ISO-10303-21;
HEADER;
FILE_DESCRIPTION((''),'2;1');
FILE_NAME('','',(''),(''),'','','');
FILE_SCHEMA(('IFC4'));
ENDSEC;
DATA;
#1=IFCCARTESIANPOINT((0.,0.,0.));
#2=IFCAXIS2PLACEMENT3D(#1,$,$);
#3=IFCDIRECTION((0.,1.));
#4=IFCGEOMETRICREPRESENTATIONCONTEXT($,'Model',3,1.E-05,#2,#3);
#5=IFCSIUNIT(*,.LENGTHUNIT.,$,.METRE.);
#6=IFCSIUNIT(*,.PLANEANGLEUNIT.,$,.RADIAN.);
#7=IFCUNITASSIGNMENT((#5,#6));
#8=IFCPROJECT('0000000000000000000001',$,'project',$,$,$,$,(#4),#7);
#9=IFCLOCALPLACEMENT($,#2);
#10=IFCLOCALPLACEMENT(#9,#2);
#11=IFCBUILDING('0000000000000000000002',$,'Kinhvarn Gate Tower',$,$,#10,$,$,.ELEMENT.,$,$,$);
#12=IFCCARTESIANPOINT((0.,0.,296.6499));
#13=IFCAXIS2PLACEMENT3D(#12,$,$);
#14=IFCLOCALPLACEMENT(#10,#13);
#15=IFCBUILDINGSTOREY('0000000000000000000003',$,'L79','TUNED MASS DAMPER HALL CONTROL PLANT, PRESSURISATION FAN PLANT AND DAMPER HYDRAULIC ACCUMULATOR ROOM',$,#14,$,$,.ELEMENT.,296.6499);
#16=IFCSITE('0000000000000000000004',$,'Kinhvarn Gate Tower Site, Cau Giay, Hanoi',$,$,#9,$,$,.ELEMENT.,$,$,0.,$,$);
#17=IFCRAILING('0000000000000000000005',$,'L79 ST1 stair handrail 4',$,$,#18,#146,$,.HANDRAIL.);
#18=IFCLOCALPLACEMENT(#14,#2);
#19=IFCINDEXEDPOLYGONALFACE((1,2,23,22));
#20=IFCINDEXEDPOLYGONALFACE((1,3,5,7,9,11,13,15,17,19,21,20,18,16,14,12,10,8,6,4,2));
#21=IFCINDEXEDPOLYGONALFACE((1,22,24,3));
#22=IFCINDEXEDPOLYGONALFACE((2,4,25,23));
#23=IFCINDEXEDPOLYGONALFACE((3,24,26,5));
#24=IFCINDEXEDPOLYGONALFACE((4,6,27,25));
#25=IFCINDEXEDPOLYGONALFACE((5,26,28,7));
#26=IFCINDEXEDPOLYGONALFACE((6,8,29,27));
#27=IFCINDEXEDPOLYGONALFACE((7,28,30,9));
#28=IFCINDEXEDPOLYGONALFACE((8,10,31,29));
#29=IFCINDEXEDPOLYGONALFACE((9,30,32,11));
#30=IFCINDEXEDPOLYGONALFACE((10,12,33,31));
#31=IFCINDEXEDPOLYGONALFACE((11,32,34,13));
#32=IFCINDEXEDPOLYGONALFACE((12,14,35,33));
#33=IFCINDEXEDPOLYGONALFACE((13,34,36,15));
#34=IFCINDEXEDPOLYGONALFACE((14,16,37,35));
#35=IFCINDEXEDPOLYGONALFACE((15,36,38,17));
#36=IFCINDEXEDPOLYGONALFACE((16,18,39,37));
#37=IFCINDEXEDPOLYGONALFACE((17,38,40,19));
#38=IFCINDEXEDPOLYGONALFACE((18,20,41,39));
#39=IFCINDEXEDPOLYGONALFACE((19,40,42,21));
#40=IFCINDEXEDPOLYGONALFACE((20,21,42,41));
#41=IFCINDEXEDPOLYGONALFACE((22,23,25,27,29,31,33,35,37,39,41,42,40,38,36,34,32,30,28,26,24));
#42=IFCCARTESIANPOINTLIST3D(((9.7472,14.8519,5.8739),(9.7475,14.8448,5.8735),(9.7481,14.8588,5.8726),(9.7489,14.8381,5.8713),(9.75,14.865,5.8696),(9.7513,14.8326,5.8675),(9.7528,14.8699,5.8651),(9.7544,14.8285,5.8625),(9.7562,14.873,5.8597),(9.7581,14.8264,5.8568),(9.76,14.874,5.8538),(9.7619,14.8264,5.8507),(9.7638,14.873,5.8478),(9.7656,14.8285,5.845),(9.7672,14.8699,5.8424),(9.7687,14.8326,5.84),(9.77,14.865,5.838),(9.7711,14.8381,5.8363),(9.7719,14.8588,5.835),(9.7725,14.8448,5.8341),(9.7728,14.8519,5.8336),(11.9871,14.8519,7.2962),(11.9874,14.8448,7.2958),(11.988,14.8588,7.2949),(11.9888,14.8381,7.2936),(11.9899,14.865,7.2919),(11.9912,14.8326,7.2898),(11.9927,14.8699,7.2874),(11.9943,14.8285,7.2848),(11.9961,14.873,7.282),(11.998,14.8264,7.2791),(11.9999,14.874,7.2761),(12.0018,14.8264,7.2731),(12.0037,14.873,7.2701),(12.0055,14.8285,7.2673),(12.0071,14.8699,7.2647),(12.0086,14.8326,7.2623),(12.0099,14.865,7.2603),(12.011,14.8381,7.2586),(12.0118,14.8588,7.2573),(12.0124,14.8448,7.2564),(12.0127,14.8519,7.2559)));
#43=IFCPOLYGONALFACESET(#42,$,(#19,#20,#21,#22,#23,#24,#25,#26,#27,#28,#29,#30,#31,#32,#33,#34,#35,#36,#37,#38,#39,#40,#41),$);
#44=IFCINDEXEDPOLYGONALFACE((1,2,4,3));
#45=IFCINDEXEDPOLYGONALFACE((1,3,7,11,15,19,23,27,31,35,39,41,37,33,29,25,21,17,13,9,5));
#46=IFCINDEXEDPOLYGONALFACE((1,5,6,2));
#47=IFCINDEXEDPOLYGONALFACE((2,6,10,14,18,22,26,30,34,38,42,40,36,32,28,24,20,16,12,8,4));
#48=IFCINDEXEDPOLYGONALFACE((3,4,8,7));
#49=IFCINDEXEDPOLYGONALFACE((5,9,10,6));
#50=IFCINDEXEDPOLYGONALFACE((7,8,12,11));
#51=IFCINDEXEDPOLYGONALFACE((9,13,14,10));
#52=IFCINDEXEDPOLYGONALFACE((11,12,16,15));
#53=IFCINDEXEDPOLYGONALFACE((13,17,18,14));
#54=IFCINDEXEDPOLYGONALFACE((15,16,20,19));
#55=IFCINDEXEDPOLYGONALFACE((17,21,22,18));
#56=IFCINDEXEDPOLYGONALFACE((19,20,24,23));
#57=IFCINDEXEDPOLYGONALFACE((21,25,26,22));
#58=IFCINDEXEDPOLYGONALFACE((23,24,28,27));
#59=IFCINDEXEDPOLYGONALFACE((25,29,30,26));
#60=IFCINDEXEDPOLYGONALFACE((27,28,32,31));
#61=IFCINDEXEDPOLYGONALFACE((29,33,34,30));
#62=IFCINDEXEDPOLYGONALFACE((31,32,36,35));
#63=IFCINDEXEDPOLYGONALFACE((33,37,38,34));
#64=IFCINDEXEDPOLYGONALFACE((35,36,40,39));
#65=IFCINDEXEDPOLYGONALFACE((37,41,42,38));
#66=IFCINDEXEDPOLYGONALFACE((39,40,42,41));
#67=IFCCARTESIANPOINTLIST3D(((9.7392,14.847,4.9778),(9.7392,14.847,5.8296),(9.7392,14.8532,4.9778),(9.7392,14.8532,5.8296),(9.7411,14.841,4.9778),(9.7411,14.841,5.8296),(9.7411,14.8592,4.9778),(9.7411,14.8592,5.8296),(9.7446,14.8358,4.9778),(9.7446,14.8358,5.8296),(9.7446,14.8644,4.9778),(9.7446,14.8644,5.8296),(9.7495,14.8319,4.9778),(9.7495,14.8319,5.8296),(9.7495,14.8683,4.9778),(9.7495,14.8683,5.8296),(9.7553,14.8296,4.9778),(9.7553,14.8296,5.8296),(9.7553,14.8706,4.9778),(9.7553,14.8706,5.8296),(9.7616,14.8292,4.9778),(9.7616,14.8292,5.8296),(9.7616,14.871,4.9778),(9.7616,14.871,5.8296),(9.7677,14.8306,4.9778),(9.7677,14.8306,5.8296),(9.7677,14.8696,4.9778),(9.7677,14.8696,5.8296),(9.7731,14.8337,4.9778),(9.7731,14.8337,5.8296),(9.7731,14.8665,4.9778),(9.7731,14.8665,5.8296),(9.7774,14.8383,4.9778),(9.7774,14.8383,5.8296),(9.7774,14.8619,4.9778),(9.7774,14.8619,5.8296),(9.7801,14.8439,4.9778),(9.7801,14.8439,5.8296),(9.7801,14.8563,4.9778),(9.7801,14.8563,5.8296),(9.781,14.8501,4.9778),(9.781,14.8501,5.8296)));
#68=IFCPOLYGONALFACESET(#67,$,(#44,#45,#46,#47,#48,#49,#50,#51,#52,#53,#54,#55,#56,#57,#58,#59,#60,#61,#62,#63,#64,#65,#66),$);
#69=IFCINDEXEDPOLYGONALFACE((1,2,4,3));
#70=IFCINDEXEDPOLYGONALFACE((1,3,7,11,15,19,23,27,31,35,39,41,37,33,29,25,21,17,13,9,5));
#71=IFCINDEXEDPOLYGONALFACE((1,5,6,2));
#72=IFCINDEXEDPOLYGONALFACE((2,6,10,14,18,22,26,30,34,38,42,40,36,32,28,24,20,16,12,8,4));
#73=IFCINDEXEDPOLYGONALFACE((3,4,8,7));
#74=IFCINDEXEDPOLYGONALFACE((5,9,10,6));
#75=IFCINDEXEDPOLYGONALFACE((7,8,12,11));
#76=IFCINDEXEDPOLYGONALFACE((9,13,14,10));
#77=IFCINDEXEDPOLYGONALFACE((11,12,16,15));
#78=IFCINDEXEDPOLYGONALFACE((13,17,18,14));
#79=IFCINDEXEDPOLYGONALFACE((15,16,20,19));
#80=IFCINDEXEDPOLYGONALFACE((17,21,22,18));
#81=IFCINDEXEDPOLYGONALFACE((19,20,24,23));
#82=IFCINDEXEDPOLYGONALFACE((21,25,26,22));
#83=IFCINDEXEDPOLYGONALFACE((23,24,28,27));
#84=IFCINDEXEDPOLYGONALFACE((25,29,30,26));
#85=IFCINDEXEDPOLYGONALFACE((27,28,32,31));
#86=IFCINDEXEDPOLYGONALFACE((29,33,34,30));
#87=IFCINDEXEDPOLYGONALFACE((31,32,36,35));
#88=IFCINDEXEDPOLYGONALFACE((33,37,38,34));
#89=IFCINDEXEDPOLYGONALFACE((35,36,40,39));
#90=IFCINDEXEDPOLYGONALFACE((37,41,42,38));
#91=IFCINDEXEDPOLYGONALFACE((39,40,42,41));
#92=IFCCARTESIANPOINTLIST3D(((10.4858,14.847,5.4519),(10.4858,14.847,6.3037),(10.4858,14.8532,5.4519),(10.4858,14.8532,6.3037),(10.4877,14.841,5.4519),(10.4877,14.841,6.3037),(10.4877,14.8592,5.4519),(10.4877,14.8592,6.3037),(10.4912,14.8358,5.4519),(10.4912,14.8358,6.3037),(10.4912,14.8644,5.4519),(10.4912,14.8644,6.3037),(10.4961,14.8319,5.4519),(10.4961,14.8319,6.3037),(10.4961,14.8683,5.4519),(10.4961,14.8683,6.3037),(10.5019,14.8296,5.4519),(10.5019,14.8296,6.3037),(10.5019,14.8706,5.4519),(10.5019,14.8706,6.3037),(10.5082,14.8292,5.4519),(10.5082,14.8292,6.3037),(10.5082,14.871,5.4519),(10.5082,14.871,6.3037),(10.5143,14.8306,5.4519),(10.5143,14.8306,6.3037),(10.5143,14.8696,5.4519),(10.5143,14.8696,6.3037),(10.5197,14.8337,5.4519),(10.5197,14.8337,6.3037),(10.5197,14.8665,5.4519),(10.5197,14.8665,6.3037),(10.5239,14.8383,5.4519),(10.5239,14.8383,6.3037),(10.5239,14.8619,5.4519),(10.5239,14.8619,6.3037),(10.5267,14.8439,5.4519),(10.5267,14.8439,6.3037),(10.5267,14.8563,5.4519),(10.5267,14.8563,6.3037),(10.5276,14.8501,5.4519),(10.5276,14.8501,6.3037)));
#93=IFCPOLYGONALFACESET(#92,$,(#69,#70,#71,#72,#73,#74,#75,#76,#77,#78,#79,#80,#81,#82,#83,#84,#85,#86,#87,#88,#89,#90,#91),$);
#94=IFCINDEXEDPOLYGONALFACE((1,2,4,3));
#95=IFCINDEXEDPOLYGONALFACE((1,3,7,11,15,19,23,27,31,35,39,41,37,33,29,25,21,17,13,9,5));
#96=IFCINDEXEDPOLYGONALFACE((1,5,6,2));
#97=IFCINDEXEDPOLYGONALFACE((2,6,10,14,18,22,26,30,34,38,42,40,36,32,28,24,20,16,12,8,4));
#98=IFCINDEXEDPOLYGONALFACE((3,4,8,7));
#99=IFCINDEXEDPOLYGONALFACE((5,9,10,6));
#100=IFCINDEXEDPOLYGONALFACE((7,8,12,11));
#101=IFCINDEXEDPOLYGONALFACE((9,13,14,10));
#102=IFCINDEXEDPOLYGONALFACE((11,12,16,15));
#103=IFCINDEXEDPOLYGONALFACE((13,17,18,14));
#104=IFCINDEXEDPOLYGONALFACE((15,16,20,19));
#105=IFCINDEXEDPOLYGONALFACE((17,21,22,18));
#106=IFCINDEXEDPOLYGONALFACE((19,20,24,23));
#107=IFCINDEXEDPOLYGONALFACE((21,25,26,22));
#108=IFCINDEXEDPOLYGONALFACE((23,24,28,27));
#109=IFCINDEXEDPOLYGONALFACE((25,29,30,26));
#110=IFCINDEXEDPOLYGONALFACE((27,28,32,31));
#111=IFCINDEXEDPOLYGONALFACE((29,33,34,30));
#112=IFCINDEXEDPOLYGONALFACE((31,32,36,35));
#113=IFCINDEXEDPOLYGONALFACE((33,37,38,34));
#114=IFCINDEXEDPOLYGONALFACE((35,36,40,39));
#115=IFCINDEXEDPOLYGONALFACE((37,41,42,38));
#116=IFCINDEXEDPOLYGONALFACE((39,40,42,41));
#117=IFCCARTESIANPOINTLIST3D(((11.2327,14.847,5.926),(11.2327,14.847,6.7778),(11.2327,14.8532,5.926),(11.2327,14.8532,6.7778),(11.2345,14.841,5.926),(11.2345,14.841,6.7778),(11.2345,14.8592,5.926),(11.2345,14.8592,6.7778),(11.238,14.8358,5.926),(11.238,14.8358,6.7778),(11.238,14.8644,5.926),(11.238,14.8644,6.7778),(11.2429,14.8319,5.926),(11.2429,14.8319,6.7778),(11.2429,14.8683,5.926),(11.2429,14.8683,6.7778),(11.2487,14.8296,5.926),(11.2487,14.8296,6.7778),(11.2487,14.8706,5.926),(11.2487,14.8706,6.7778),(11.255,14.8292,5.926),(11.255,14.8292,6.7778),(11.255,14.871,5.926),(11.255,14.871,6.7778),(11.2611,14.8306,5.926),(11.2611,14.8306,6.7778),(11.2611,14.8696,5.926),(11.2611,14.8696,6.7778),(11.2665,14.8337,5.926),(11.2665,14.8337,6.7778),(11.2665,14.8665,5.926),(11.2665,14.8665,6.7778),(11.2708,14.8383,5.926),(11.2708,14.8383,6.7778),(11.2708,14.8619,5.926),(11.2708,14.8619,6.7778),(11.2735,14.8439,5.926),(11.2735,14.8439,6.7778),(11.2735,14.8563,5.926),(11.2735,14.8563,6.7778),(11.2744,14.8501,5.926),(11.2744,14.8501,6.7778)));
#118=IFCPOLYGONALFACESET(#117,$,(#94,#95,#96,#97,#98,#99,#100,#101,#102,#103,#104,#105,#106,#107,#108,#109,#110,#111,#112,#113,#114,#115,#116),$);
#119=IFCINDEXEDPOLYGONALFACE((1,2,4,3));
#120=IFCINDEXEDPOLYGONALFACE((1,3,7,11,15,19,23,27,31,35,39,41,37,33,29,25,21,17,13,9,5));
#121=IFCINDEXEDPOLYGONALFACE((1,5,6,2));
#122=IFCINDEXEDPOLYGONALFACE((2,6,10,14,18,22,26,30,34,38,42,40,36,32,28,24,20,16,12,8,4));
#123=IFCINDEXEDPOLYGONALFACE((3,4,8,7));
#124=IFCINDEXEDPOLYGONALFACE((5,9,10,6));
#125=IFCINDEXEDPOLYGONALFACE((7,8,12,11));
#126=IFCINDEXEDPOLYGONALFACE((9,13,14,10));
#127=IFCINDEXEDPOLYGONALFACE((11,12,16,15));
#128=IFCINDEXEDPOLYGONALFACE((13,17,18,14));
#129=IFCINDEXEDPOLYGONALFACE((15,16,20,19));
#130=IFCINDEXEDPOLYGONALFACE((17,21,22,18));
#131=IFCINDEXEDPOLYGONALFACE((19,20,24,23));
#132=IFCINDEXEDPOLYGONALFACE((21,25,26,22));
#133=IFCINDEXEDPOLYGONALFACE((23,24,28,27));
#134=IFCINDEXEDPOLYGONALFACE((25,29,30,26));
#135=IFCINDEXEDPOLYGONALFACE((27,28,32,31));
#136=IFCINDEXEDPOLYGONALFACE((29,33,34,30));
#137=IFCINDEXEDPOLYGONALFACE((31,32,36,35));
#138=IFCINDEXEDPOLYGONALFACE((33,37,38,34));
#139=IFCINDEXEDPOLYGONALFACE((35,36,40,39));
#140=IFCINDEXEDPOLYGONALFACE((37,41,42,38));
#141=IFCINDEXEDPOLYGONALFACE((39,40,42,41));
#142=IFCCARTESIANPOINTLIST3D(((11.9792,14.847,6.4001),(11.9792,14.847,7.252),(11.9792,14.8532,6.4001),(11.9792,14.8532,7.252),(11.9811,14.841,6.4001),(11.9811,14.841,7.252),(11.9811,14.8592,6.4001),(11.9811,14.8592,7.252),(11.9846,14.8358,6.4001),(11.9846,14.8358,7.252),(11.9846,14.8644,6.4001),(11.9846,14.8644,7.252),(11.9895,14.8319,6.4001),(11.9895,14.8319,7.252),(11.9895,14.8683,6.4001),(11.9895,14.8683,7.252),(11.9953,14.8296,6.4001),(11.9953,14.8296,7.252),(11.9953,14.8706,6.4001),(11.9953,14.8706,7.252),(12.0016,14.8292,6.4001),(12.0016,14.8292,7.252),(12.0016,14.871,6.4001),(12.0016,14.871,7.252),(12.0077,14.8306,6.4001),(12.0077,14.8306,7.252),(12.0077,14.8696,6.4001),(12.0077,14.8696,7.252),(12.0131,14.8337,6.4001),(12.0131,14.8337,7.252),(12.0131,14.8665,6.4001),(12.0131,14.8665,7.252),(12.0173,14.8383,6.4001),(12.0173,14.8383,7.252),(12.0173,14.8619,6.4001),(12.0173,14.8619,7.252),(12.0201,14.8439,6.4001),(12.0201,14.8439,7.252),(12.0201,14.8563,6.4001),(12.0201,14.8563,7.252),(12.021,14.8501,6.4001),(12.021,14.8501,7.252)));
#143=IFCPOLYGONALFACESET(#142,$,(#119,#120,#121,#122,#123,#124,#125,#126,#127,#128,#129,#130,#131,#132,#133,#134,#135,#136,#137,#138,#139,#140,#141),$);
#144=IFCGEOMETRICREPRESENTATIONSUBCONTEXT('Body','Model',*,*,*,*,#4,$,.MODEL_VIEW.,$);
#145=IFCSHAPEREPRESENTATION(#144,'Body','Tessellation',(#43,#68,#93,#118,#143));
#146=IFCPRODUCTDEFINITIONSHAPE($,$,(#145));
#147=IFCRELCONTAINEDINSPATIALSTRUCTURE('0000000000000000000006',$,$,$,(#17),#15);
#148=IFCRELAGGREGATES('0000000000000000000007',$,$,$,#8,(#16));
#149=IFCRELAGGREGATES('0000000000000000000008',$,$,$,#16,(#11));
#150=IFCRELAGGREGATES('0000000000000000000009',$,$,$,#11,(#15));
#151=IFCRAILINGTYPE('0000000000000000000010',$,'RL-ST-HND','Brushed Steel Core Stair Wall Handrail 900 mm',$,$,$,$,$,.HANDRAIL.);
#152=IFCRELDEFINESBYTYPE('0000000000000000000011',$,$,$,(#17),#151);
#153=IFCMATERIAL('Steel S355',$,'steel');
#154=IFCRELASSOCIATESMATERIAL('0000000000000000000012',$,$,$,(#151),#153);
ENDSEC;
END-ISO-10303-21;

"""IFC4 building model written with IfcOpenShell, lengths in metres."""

from ifc_helpers import new_model, si_unit, direction, frame, origin, origin_2d, place, context, subcontext, project, spatial, circle, extrude, material, type_object, element, save


model = new_model("IFC4")

# Units and contexts
model_context = context("Model", 3, precision=1e-05, world=origin(), true_north=direction((0.0, 1.0)))
body_context = subcontext(model_context, "Body", "Model", "MODEL_VIEW")
ifc_project = project(units=[si_unit("LENGTHUNIT", "METRE"), si_unit("PLANEANGLEUNIT", "RADIAN")], contexts=[model_context])

# Site, building, storey
site_placement = place(None, origin())
site = spatial("IfcSite", under=ifc_project, at=site_placement, Name="Kinhvarn Gate Tower Site, Cau Giay, Hanoi", CompositionType="ELEMENT", RefElevation=0.0)
building_placement = place(site_placement, origin())
building = spatial("IfcBuilding", under=site, at=building_placement, Name="Kinhvarn Gate Tower", CompositionType="ELEMENT")
storey_placement = place(building_placement, frame((0.0, 0.0, 296.6499)))
storey = spatial("IfcBuildingStorey", under=building, at=storey_placement, Name="L79", Description="TUNED MASS DAMPER HALL CONTROL PLANT, PRESSURISATION FAN PLANT AND DAMPER HYDRAULIC ACCUMULATOR ROOM", CompositionType="ELEMENT", Elevation=296.6499)

# Shared definitions
ifc_material_1 = material(Name="Steel S355", Category="steel")

# Railing
railing_type_1 = type_object("IfcRailingType", Name="RL-ST-HND", Description="Brushed Steel Core Stair Wall Handrail 900 mm", PredefinedType="HANDRAIL", material=ifc_material_1)
railing_1_placement = place(storey_placement, frame((9.76, 14.8501, 4.9778)))
element("IfcRailing", 1, at=railing_1_placement, inside=storey, type_object=railing_type_1, Name="L79 ST1 stair handrail 4", PredefinedType="HANDRAIL", context=body_context, shape_type="SweptSolid", body=[
    extrude(circle(Radius=0.0239, at=origin_2d()), frame((0.0, 0.0, 0.876), z_axis=(0.844188, 0.0, 0.536048), x_axis=(0.0, 1.0, 0.0)), (0.0, 0.0, 1.0), 2.6533),
    extrude(circle(Radius=0.021, at=origin_2d()), origin(), (0.0, 0.0, 1.0), 0.8518),
    extrude(circle(Radius=0.021, at=origin_2d()), frame((0.7466, 0.0, 0.4741)), (0.0, 0.0, 1.0), 0.8518),
    extrude(circle(Radius=0.021, at=origin_2d()), frame((1.4934, 0.0, 0.9482)), (0.0, 0.0, 1.0), 0.8518),
    extrude(circle(Radius=0.021, at=origin_2d()), frame((2.24, 0.0, 1.4224)), (0.0, 0.0, 1.0), 0.8518),
])

save(model, "model.ifc")
